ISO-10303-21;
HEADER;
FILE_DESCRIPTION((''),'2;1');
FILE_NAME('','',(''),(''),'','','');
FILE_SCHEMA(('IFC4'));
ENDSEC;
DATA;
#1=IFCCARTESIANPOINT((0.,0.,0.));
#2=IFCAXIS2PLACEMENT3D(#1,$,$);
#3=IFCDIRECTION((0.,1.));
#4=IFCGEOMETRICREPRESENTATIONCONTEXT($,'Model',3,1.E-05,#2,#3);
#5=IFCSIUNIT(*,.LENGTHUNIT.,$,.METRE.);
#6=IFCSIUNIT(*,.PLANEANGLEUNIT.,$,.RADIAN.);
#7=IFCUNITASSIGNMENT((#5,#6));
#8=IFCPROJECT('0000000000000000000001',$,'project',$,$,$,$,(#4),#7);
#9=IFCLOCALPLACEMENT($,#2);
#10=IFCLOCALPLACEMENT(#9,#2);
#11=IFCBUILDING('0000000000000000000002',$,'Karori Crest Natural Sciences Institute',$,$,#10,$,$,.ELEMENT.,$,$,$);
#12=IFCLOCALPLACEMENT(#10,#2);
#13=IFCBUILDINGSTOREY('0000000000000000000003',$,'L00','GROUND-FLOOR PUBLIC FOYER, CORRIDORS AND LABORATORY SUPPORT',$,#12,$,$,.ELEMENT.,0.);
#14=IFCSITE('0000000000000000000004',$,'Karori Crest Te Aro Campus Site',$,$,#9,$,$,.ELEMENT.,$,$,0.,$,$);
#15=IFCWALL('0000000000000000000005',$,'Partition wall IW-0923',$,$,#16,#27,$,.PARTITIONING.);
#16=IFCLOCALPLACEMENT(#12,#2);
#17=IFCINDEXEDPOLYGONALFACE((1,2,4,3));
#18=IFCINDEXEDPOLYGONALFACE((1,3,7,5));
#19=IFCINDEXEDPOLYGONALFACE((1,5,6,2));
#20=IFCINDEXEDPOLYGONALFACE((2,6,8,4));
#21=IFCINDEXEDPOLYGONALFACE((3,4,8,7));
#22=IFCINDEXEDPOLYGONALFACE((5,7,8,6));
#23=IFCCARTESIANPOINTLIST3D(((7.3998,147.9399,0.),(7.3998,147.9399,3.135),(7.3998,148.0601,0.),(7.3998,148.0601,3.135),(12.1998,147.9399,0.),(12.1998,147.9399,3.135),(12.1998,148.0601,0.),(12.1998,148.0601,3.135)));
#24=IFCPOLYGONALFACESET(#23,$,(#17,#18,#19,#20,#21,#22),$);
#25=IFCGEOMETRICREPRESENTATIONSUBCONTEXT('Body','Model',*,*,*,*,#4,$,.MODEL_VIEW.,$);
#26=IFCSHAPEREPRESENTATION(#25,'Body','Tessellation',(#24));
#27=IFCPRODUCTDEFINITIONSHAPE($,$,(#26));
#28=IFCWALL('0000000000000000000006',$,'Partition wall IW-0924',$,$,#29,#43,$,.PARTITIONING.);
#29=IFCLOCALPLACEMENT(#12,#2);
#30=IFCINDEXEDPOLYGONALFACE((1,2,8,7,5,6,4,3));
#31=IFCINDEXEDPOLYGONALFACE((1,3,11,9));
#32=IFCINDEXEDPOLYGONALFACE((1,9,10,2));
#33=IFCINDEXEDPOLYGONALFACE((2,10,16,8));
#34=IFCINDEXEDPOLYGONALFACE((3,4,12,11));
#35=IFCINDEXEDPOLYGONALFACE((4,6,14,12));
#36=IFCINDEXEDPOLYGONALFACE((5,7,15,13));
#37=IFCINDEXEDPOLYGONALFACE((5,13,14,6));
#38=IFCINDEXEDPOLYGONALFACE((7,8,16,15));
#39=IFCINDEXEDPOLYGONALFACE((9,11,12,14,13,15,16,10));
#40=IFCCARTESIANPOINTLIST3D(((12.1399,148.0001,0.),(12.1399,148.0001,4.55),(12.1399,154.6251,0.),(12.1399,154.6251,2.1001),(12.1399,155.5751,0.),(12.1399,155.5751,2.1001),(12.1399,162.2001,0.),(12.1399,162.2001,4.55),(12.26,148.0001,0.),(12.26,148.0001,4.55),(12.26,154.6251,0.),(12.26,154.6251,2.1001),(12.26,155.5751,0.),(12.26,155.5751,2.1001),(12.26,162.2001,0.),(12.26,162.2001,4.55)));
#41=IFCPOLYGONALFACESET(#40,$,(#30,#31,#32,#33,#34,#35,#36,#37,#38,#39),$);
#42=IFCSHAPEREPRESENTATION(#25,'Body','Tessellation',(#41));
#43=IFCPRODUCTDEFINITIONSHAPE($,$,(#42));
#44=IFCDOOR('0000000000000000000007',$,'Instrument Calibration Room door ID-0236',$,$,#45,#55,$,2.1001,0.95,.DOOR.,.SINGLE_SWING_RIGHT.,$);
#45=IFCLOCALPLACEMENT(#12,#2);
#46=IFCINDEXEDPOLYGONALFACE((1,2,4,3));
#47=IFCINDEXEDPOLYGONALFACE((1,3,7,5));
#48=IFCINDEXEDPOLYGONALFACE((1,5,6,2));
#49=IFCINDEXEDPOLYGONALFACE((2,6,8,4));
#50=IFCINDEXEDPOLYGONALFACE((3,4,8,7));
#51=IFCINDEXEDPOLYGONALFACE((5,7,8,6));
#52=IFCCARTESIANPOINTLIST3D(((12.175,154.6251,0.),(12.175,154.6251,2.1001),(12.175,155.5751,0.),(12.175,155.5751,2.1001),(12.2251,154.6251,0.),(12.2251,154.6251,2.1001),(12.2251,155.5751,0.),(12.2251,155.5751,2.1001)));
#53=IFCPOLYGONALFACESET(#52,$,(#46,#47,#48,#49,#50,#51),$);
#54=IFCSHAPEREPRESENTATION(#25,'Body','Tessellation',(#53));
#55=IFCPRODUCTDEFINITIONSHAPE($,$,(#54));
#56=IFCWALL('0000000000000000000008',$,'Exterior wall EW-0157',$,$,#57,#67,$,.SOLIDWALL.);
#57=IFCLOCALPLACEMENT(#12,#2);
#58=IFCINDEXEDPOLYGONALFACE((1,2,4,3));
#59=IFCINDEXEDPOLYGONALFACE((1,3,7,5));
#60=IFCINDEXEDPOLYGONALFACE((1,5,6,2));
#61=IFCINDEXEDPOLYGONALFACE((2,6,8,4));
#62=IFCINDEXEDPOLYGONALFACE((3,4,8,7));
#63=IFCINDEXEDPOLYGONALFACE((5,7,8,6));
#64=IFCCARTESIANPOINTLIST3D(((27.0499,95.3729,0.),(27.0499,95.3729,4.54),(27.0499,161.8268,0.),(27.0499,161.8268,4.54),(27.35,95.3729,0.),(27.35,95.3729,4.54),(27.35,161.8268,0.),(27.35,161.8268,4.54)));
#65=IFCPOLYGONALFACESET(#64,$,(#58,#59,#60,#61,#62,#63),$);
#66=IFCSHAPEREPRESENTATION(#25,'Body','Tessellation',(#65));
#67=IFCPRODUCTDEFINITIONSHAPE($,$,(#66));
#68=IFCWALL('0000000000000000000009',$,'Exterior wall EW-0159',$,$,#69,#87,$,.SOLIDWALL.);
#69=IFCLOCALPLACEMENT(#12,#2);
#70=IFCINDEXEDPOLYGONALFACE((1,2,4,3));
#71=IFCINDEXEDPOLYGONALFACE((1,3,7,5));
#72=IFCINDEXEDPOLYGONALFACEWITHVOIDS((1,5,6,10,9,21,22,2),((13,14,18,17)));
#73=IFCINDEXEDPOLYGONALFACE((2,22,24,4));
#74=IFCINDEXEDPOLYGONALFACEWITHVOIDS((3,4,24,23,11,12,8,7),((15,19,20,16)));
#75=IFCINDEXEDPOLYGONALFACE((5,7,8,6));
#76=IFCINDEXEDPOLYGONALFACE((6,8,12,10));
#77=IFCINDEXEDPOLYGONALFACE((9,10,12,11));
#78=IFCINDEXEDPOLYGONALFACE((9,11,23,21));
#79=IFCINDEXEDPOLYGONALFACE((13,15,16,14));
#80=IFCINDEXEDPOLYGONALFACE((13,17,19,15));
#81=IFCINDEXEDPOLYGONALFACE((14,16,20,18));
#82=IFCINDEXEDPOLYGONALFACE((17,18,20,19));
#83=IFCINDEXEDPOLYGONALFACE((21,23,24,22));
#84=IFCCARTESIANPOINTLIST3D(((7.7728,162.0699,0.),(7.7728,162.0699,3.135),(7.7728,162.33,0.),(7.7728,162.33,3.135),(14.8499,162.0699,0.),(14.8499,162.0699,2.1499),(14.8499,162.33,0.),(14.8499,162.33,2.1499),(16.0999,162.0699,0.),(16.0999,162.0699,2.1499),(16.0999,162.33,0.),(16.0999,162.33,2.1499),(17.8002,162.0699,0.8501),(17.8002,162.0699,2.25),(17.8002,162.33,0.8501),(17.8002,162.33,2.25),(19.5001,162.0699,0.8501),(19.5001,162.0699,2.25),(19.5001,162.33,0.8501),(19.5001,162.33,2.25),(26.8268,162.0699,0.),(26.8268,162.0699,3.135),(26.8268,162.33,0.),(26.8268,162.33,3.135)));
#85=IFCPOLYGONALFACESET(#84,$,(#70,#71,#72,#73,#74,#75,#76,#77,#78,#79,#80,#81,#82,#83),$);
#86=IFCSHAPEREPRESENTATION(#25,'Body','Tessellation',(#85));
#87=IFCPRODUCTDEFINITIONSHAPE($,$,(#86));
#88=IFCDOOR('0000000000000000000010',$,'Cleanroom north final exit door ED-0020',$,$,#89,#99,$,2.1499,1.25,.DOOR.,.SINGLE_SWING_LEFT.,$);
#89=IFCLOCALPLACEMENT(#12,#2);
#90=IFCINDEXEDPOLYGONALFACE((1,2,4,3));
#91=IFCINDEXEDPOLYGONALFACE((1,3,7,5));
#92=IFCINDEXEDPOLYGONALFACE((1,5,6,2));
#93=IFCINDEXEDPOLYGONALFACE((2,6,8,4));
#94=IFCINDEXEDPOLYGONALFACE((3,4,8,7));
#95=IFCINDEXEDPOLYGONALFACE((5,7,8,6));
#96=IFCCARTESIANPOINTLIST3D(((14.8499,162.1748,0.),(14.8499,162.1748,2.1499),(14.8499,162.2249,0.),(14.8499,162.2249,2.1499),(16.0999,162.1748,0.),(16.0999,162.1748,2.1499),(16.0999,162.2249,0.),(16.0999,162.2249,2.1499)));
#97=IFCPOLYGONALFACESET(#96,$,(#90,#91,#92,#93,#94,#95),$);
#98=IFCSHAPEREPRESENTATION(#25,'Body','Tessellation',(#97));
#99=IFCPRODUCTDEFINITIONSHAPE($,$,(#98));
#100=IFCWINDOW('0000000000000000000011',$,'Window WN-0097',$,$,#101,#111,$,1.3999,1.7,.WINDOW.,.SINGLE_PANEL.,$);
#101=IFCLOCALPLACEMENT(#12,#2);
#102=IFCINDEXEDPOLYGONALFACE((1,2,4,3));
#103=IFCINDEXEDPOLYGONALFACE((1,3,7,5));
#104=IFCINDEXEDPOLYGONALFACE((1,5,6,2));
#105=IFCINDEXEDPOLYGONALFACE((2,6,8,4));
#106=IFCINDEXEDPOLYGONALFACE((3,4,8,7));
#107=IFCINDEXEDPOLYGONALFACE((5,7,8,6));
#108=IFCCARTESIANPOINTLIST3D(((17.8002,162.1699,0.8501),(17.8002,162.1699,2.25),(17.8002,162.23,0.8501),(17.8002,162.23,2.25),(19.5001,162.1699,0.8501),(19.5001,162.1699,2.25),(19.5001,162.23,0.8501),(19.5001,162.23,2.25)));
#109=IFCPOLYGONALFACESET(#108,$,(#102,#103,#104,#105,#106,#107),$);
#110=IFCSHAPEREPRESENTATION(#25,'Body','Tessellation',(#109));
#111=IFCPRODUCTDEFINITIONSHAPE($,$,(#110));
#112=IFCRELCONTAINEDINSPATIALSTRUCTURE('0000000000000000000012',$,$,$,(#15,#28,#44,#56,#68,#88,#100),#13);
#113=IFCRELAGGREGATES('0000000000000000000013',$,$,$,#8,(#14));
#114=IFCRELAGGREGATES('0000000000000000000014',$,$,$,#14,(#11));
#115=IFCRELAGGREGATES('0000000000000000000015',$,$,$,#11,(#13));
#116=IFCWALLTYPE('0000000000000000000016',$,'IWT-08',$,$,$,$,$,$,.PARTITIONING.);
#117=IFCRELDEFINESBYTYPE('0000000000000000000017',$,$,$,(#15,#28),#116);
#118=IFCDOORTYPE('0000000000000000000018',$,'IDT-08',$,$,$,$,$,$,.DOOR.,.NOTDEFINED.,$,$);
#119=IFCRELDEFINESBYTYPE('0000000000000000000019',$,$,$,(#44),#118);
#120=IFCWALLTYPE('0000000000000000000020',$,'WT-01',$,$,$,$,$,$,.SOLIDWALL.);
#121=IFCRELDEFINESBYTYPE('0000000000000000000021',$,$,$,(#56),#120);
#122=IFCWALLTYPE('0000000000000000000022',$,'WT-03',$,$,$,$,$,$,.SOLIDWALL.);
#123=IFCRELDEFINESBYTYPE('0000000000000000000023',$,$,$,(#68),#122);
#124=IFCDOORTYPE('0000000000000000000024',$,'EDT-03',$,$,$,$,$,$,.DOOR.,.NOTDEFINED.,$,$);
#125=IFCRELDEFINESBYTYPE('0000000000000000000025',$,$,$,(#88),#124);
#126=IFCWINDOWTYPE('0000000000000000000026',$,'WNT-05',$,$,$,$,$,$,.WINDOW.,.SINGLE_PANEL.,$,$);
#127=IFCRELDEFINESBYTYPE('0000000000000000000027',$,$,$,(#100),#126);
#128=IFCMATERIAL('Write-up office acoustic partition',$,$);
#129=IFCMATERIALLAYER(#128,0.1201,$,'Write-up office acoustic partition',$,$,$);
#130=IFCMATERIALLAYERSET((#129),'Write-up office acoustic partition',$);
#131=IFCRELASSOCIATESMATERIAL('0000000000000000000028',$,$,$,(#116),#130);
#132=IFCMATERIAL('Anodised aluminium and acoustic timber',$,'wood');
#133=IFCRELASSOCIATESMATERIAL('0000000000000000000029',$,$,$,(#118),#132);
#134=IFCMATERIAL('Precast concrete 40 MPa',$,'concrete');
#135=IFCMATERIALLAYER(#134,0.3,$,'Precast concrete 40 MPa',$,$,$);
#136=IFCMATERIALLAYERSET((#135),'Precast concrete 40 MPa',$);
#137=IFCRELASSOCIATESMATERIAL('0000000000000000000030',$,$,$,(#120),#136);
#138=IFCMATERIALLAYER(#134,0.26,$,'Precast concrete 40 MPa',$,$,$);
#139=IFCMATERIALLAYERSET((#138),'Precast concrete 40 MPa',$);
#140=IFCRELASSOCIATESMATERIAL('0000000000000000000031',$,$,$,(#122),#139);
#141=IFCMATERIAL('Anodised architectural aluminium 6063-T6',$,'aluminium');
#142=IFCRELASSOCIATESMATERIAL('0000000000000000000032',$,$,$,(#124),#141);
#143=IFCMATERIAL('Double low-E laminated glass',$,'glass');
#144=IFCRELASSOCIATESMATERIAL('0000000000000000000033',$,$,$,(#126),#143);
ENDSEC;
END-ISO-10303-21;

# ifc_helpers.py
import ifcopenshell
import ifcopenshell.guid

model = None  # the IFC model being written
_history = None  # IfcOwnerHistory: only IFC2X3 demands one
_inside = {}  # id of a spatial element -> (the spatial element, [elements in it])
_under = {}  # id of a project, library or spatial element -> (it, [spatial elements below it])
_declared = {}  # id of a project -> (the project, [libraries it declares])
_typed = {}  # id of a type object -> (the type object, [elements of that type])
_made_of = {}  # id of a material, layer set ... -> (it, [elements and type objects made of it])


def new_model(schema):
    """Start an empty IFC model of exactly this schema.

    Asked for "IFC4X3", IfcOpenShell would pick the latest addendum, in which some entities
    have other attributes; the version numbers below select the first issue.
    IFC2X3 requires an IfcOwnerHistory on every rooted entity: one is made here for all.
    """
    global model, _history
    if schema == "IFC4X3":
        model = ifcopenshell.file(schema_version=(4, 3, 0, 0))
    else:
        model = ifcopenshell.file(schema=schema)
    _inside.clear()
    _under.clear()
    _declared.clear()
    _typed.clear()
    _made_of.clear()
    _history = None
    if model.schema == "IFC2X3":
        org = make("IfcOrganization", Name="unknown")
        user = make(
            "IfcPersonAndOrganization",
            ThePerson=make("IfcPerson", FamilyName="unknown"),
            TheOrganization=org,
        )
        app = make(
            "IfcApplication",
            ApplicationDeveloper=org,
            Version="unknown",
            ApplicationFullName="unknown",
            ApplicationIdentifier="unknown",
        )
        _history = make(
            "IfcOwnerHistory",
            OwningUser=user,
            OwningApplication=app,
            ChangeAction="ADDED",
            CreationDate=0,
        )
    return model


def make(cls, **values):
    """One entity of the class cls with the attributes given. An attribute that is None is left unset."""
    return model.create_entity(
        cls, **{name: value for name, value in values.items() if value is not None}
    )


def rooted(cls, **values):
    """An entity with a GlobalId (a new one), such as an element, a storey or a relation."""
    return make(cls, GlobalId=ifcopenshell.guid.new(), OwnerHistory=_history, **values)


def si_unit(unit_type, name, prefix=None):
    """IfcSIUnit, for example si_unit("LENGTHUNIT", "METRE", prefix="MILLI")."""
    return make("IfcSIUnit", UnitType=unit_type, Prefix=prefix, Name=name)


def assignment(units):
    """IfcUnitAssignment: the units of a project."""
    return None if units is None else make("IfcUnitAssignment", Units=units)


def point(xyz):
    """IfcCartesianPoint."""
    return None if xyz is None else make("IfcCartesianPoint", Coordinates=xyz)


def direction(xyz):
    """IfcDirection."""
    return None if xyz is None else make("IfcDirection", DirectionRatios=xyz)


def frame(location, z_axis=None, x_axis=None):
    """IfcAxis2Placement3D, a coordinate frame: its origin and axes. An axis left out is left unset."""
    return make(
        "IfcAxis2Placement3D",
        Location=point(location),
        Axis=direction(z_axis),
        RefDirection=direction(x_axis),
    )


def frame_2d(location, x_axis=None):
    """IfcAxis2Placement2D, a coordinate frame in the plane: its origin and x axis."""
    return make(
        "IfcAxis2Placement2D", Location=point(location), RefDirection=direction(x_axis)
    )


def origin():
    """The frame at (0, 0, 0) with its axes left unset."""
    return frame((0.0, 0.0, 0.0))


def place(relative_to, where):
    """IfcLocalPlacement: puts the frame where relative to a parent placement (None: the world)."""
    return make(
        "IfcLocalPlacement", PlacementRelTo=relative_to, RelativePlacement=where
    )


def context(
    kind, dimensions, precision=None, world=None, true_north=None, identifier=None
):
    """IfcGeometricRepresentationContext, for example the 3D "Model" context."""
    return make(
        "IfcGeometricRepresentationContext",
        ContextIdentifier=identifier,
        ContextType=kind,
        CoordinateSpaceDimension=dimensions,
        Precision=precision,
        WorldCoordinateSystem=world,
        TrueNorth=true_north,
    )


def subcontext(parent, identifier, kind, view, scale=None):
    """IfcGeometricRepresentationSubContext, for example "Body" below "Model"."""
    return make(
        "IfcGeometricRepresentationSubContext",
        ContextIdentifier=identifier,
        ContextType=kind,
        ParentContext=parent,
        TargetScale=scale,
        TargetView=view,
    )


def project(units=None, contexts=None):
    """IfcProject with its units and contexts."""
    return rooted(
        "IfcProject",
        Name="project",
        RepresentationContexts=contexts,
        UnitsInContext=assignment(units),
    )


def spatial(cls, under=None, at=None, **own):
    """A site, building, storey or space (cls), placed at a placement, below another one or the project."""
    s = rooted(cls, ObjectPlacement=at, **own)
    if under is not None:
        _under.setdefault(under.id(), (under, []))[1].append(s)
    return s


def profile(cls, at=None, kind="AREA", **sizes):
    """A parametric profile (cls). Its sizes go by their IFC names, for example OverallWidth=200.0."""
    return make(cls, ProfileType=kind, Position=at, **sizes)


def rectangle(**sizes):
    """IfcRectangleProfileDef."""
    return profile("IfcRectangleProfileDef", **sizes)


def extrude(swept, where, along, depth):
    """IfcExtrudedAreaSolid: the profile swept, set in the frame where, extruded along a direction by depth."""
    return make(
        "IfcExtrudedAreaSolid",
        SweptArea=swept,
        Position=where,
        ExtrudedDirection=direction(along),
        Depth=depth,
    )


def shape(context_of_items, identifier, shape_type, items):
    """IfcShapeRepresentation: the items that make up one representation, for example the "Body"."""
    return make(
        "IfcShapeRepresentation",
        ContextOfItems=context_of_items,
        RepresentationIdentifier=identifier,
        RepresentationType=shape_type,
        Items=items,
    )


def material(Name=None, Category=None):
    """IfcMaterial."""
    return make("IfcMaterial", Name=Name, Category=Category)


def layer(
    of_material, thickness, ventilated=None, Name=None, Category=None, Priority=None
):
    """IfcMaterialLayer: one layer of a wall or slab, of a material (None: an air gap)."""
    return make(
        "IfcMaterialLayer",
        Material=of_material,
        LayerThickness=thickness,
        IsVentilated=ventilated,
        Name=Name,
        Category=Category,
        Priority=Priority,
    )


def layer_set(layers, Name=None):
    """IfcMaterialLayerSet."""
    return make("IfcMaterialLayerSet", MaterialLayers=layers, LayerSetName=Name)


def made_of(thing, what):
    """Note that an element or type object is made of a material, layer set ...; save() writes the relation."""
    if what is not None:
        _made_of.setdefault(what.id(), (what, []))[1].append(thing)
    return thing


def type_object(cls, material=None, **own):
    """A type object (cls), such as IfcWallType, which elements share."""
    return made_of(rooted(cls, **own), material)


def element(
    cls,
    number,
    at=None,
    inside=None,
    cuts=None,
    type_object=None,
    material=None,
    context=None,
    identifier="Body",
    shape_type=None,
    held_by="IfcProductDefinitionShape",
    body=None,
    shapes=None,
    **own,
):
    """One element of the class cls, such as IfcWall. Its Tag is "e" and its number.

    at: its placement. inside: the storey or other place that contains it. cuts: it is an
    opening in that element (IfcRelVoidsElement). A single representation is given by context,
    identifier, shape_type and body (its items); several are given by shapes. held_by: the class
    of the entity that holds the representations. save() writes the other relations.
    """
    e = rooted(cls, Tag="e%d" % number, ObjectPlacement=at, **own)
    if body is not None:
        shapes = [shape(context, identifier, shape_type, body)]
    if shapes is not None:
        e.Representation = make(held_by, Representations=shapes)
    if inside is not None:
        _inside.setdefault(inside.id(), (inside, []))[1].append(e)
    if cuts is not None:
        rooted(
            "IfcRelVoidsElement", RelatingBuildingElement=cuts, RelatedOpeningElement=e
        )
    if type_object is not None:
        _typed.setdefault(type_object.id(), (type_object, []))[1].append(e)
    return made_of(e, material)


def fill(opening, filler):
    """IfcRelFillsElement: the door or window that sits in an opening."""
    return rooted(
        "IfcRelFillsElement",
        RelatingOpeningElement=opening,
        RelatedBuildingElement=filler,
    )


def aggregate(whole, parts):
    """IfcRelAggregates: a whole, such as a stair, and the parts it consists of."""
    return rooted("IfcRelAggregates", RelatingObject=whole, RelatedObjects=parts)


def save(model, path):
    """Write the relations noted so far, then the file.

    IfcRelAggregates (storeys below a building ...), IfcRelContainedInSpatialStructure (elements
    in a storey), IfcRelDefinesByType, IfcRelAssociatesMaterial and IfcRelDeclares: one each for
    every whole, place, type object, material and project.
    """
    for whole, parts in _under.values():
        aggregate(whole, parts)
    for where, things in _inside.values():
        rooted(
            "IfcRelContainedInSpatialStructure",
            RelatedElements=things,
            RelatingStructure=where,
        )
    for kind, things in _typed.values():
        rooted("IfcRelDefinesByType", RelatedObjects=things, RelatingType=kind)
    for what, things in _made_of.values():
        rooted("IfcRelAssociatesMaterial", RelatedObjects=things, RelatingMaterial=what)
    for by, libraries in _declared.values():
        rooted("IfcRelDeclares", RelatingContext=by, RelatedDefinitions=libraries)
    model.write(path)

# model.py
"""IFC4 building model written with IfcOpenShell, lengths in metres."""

from ifc_helpers import new_model, si_unit, direction, frame, frame_2d, origin, place, context, subcontext, project, spatial, rectangle, extrude, material, layer, layer_set, type_object, element, fill, save


model = new_model("IFC4")

# Units and contexts
model_context = context("Model", 3, precision=1e-05, world=origin(), true_north=direction((0.0, 1.0)))
body_context = subcontext(model_context, "Body", "Model", "MODEL_VIEW")
ifc_project = project(units=[si_unit("LENGTHUNIT", "METRE"), si_unit("PLANEANGLEUNIT", "RADIAN")], contexts=[model_context])

# Site, building, storey
site_placement = place(None, origin())
site = spatial("IfcSite", under=ifc_project, at=site_placement, Name="Karori Crest Te Aro Campus Site", CompositionType="ELEMENT", RefElevation=0.0)
building_placement = place(site_placement, origin())
building = spatial("IfcBuilding", under=site, at=building_placement, Name="Karori Crest Natural Sciences Institute", CompositionType="ELEMENT")
storey_placement = place(building_placement, origin())
storey = spatial("IfcBuildingStorey", under=building, at=storey_placement, Name="L00", Description="GROUND-FLOOR PUBLIC FOYER, CORRIDORS AND LABORATORY SUPPORT", CompositionType="ELEMENT", Elevation=0.0)

# Wall
ifc_material_1 = material(Name="Write-up office acoustic partition")
ifc_layer_1 = layer(ifc_material_1, 0.1201, Name="Write-up office acoustic partition")
ifc_layer_set_1 = layer_set([ifc_layer_1], Name="Write-up office acoustic partition")
wall_type_1 = type_object("IfcWallType", Name="IWT-08", PredefinedType="PARTITIONING", material=ifc_layer_set_1)
wall_1_placement = place(storey_placement, frame((7.3999, 148.0, 0.0), z_axis=(0.0, 0.0, 1.0), x_axis=(1.0, 0.0, 0.0)))
element("IfcWall", 1, at=wall_1_placement, inside=storey, type_object=wall_type_1, Name="Partition wall IW-0923", PredefinedType="PARTITIONING", context=body_context, shape_type="SweptSolid", body=[
    extrude(rectangle(XDim=4.8, YDim=0.1201, at=frame_2d((2.3999, 0.0))), origin(), (0.0, 0.0, 1.0), 3.135),
])

# Wall, opening, door
wall_2_placement = place(storey_placement, frame((12.2, 148.0, 0.0), z_axis=(0.0, 0.0, 1.0), x_axis=(0.0, 1.0, 0.0)))
wall_2 = element("IfcWall", 2, at=wall_2_placement, inside=storey, type_object=wall_type_1, Name="Partition wall IW-0924", PredefinedType="PARTITIONING", context=body_context, shape_type="SweptSolid", body=[
    extrude(rectangle(XDim=14.2, YDim=0.1201, at=frame_2d((7.1001, 0.0))), origin(), (0.0, 0.0, 1.0), 4.55),
])
opening_1_placement = place(wall_2_placement, frame((6.625, 0.0, 0.0)))
opening_1 = element("IfcOpeningElement", 3, at=opening_1_placement, cuts=wall_2, PredefinedType="OPENING", context=body_context, shape_type="SweptSolid", body=[
    extrude(rectangle(XDim=0.95, YDim=2.1001, at=frame_2d((0.4751, 1.05))), frame((0.0, 0.0701, 0.0), z_axis=(0.0, -1.0, 0.0), x_axis=(1.0, 0.0, 0.0)), (0.0, 0.0, 1.0), 0.1401),
])
ifc_material_2 = material(Name="Anodised aluminium and acoustic timber", Category="wood")
door_type_1 = type_object("IfcDoorType", Name="IDT-08", OperationType="NOTDEFINED", PredefinedType="DOOR", material=ifc_material_2)
door_1_placement = place(opening_1_placement, origin())
door_1 = element("IfcDoor", 4, at=door_1_placement, inside=storey, type_object=door_type_1, Name="Instrument Calibration Room door ID-0236", OperationType="SINGLE_SWING_RIGHT", OverallHeight=2.1001, OverallWidth=0.95, PredefinedType="DOOR", context=body_context, shape_type="SweptSolid", body=[
    extrude(rectangle(XDim=0.95, YDim=2.1001, at=frame_2d((0.4751, 1.05))), frame((0.0, 0.0249, 0.0), z_axis=(0.0, -1.0, 0.0), x_axis=(1.0, 0.0, 0.0)), (0.0, 0.0, 1.0), 0.05),
])
fill(opening_1, door_1)

# Wall
ifc_material_3 = material(Name="Precast concrete 40 MPa", Category="concrete")
ifc_layer_2 = layer(ifc_material_3, 0.3, Name="Precast concrete 40 MPa")
ifc_layer_set_2 = layer_set([ifc_layer_2], Name="Precast concrete 40 MPa")
wall_type_2 = type_object("IfcWallType", Name="WT-01", PredefinedType="SOLIDWALL", material=ifc_layer_set_2)
wall_3_placement = place(storey_placement, frame((27.2, 161.8269, 0.0), z_axis=(0.0, 0.0, 1.0), x_axis=(0.0, -1.0, 0.0)))
element("IfcWall", 5, at=wall_3_placement, inside=storey, type_object=wall_type_2, Name="Exterior wall EW-0157", PredefinedType="SOLIDWALL", context=body_context, shape_type="SweptSolid", body=[
    extrude(rectangle(XDim=66.4539, YDim=0.3, at=frame_2d((33.2271, 0.0))), origin(), (0.0, 0.0, 1.0), 4.54),
])

# Wall, openings, door, window
ifc_layer_3 = layer(ifc_material_3, 0.26, Name="Precast concrete 40 MPa")
ifc_layer_set_3 = layer_set([ifc_layer_3], Name="Precast concrete 40 MPa")
wall_type_3 = type_object("IfcWallType", Name="WT-03", PredefinedType="SOLIDWALL", material=ifc_layer_set_3)
wall_4_placement = place(storey_placement, frame((7.7729, 162.2, 0.0), z_axis=(0.0, 0.0, 1.0), x_axis=(1.0, 0.0, 0.0)))
wall_4 = element("IfcWall", 6, at=wall_4_placement, inside=storey, type_object=wall_type_3, Name="Exterior wall EW-0159", PredefinedType="SOLIDWALL", context=body_context, shape_type="SweptSolid", body=[
    extrude(rectangle(XDim=19.054, YDim=0.26, at=frame_2d((9.5269, 0.0))), origin(), (0.0, 0.0, 1.0), 3.135),
])
opening_2_placement = place(wall_4_placement, frame((7.0769, 0.0, 0.0)))
opening_2 = element("IfcOpeningElement", 7, at=opening_2_placement, cuts=wall_4, PredefinedType="OPENING", context=body_context, shape_type="SweptSolid", body=[
    extrude(rectangle(XDim=1.25, YDim=2.1499, at=frame_2d((0.625, 1.075))), frame((0.0, 0.1401, 0.0), z_axis=(0.0, -1.0, 0.0), x_axis=(1.0, 0.0, 0.0)), (0.0, 0.0, 1.0), 0.28),
])
opening_3_placement = place(wall_4_placement, frame((10.0271, 0.0, 0.8501)))
opening_3 = element("IfcOpeningElement", 8, at=opening_3_placement, cuts=wall_4, PredefinedType="OPENING", context=body_context, shape_type="SweptSolid", body=[
    extrude(rectangle(XDim=1.7, YDim=1.3999, at=frame_2d((0.8501, 0.7))), frame((0.0, 0.1401, 0.0), z_axis=(0.0, -1.0, 0.0), x_axis=(1.0, 0.0, 0.0)), (0.0, 0.0, 1.0), 0.28),
])
ifc_material_4 = material(Name="Anodised architectural aluminium 6063-T6", Category="aluminium")
door_type_2 = type_object("IfcDoorType", Name="EDT-03", OperationType="NOTDEFINED", PredefinedType="DOOR", material=ifc_material_4)
door_2_placement = place(opening_2_placement, origin())
door_2 = element("IfcDoor", 9, at=door_2_placement, inside=storey, type_object=door_type_2, Name="Cleanroom north final exit door ED-0020", OperationType="SINGLE_SWING_LEFT", OverallHeight=2.1499, OverallWidth=1.25, PredefinedType="DOOR", context=body_context, shape_type="SweptSolid", body=[
    extrude(rectangle(XDim=1.25, YDim=2.1499, at=frame_2d((0.625, 1.075))), frame((0.0, 0.0249, 0.0), z_axis=(0.0, -1.0, 0.0), x_axis=(1.0, 0.0, 0.0)), (0.0, 0.0, 1.0), 0.05),
])
fill(opening_2, door_2)
ifc_material_5 = material(Name="Double low-E laminated glass", Category="glass")
window_type = type_object("IfcWindowType", Name="WNT-05", PartitioningType="SINGLE_PANEL", PredefinedType="WINDOW", material=ifc_material_5)
window_placement = place(opening_3_placement, origin())
window = element("IfcWindow", 10, at=window_placement, inside=storey, type_object=window_type, Name="Window WN-0097", OverallHeight=1.3999, OverallWidth=1.7, PartitioningType="SINGLE_PANEL", PredefinedType="WINDOW", context=body_context, shape_type="SweptSolid", body=[
    extrude(rectangle(XDim=1.7, YDim=1.3999, at=frame_2d((0.8501, 0.7))), frame((0.0, 0.03, 0.0), z_axis=(0.0, -1.0, 0.0), x_axis=(1.0, 0.0, 0.0)), (0.0, 0.0, 1.0), 0.0601),
])
fill(opening_3, window)

save(model, "model.ifc")
